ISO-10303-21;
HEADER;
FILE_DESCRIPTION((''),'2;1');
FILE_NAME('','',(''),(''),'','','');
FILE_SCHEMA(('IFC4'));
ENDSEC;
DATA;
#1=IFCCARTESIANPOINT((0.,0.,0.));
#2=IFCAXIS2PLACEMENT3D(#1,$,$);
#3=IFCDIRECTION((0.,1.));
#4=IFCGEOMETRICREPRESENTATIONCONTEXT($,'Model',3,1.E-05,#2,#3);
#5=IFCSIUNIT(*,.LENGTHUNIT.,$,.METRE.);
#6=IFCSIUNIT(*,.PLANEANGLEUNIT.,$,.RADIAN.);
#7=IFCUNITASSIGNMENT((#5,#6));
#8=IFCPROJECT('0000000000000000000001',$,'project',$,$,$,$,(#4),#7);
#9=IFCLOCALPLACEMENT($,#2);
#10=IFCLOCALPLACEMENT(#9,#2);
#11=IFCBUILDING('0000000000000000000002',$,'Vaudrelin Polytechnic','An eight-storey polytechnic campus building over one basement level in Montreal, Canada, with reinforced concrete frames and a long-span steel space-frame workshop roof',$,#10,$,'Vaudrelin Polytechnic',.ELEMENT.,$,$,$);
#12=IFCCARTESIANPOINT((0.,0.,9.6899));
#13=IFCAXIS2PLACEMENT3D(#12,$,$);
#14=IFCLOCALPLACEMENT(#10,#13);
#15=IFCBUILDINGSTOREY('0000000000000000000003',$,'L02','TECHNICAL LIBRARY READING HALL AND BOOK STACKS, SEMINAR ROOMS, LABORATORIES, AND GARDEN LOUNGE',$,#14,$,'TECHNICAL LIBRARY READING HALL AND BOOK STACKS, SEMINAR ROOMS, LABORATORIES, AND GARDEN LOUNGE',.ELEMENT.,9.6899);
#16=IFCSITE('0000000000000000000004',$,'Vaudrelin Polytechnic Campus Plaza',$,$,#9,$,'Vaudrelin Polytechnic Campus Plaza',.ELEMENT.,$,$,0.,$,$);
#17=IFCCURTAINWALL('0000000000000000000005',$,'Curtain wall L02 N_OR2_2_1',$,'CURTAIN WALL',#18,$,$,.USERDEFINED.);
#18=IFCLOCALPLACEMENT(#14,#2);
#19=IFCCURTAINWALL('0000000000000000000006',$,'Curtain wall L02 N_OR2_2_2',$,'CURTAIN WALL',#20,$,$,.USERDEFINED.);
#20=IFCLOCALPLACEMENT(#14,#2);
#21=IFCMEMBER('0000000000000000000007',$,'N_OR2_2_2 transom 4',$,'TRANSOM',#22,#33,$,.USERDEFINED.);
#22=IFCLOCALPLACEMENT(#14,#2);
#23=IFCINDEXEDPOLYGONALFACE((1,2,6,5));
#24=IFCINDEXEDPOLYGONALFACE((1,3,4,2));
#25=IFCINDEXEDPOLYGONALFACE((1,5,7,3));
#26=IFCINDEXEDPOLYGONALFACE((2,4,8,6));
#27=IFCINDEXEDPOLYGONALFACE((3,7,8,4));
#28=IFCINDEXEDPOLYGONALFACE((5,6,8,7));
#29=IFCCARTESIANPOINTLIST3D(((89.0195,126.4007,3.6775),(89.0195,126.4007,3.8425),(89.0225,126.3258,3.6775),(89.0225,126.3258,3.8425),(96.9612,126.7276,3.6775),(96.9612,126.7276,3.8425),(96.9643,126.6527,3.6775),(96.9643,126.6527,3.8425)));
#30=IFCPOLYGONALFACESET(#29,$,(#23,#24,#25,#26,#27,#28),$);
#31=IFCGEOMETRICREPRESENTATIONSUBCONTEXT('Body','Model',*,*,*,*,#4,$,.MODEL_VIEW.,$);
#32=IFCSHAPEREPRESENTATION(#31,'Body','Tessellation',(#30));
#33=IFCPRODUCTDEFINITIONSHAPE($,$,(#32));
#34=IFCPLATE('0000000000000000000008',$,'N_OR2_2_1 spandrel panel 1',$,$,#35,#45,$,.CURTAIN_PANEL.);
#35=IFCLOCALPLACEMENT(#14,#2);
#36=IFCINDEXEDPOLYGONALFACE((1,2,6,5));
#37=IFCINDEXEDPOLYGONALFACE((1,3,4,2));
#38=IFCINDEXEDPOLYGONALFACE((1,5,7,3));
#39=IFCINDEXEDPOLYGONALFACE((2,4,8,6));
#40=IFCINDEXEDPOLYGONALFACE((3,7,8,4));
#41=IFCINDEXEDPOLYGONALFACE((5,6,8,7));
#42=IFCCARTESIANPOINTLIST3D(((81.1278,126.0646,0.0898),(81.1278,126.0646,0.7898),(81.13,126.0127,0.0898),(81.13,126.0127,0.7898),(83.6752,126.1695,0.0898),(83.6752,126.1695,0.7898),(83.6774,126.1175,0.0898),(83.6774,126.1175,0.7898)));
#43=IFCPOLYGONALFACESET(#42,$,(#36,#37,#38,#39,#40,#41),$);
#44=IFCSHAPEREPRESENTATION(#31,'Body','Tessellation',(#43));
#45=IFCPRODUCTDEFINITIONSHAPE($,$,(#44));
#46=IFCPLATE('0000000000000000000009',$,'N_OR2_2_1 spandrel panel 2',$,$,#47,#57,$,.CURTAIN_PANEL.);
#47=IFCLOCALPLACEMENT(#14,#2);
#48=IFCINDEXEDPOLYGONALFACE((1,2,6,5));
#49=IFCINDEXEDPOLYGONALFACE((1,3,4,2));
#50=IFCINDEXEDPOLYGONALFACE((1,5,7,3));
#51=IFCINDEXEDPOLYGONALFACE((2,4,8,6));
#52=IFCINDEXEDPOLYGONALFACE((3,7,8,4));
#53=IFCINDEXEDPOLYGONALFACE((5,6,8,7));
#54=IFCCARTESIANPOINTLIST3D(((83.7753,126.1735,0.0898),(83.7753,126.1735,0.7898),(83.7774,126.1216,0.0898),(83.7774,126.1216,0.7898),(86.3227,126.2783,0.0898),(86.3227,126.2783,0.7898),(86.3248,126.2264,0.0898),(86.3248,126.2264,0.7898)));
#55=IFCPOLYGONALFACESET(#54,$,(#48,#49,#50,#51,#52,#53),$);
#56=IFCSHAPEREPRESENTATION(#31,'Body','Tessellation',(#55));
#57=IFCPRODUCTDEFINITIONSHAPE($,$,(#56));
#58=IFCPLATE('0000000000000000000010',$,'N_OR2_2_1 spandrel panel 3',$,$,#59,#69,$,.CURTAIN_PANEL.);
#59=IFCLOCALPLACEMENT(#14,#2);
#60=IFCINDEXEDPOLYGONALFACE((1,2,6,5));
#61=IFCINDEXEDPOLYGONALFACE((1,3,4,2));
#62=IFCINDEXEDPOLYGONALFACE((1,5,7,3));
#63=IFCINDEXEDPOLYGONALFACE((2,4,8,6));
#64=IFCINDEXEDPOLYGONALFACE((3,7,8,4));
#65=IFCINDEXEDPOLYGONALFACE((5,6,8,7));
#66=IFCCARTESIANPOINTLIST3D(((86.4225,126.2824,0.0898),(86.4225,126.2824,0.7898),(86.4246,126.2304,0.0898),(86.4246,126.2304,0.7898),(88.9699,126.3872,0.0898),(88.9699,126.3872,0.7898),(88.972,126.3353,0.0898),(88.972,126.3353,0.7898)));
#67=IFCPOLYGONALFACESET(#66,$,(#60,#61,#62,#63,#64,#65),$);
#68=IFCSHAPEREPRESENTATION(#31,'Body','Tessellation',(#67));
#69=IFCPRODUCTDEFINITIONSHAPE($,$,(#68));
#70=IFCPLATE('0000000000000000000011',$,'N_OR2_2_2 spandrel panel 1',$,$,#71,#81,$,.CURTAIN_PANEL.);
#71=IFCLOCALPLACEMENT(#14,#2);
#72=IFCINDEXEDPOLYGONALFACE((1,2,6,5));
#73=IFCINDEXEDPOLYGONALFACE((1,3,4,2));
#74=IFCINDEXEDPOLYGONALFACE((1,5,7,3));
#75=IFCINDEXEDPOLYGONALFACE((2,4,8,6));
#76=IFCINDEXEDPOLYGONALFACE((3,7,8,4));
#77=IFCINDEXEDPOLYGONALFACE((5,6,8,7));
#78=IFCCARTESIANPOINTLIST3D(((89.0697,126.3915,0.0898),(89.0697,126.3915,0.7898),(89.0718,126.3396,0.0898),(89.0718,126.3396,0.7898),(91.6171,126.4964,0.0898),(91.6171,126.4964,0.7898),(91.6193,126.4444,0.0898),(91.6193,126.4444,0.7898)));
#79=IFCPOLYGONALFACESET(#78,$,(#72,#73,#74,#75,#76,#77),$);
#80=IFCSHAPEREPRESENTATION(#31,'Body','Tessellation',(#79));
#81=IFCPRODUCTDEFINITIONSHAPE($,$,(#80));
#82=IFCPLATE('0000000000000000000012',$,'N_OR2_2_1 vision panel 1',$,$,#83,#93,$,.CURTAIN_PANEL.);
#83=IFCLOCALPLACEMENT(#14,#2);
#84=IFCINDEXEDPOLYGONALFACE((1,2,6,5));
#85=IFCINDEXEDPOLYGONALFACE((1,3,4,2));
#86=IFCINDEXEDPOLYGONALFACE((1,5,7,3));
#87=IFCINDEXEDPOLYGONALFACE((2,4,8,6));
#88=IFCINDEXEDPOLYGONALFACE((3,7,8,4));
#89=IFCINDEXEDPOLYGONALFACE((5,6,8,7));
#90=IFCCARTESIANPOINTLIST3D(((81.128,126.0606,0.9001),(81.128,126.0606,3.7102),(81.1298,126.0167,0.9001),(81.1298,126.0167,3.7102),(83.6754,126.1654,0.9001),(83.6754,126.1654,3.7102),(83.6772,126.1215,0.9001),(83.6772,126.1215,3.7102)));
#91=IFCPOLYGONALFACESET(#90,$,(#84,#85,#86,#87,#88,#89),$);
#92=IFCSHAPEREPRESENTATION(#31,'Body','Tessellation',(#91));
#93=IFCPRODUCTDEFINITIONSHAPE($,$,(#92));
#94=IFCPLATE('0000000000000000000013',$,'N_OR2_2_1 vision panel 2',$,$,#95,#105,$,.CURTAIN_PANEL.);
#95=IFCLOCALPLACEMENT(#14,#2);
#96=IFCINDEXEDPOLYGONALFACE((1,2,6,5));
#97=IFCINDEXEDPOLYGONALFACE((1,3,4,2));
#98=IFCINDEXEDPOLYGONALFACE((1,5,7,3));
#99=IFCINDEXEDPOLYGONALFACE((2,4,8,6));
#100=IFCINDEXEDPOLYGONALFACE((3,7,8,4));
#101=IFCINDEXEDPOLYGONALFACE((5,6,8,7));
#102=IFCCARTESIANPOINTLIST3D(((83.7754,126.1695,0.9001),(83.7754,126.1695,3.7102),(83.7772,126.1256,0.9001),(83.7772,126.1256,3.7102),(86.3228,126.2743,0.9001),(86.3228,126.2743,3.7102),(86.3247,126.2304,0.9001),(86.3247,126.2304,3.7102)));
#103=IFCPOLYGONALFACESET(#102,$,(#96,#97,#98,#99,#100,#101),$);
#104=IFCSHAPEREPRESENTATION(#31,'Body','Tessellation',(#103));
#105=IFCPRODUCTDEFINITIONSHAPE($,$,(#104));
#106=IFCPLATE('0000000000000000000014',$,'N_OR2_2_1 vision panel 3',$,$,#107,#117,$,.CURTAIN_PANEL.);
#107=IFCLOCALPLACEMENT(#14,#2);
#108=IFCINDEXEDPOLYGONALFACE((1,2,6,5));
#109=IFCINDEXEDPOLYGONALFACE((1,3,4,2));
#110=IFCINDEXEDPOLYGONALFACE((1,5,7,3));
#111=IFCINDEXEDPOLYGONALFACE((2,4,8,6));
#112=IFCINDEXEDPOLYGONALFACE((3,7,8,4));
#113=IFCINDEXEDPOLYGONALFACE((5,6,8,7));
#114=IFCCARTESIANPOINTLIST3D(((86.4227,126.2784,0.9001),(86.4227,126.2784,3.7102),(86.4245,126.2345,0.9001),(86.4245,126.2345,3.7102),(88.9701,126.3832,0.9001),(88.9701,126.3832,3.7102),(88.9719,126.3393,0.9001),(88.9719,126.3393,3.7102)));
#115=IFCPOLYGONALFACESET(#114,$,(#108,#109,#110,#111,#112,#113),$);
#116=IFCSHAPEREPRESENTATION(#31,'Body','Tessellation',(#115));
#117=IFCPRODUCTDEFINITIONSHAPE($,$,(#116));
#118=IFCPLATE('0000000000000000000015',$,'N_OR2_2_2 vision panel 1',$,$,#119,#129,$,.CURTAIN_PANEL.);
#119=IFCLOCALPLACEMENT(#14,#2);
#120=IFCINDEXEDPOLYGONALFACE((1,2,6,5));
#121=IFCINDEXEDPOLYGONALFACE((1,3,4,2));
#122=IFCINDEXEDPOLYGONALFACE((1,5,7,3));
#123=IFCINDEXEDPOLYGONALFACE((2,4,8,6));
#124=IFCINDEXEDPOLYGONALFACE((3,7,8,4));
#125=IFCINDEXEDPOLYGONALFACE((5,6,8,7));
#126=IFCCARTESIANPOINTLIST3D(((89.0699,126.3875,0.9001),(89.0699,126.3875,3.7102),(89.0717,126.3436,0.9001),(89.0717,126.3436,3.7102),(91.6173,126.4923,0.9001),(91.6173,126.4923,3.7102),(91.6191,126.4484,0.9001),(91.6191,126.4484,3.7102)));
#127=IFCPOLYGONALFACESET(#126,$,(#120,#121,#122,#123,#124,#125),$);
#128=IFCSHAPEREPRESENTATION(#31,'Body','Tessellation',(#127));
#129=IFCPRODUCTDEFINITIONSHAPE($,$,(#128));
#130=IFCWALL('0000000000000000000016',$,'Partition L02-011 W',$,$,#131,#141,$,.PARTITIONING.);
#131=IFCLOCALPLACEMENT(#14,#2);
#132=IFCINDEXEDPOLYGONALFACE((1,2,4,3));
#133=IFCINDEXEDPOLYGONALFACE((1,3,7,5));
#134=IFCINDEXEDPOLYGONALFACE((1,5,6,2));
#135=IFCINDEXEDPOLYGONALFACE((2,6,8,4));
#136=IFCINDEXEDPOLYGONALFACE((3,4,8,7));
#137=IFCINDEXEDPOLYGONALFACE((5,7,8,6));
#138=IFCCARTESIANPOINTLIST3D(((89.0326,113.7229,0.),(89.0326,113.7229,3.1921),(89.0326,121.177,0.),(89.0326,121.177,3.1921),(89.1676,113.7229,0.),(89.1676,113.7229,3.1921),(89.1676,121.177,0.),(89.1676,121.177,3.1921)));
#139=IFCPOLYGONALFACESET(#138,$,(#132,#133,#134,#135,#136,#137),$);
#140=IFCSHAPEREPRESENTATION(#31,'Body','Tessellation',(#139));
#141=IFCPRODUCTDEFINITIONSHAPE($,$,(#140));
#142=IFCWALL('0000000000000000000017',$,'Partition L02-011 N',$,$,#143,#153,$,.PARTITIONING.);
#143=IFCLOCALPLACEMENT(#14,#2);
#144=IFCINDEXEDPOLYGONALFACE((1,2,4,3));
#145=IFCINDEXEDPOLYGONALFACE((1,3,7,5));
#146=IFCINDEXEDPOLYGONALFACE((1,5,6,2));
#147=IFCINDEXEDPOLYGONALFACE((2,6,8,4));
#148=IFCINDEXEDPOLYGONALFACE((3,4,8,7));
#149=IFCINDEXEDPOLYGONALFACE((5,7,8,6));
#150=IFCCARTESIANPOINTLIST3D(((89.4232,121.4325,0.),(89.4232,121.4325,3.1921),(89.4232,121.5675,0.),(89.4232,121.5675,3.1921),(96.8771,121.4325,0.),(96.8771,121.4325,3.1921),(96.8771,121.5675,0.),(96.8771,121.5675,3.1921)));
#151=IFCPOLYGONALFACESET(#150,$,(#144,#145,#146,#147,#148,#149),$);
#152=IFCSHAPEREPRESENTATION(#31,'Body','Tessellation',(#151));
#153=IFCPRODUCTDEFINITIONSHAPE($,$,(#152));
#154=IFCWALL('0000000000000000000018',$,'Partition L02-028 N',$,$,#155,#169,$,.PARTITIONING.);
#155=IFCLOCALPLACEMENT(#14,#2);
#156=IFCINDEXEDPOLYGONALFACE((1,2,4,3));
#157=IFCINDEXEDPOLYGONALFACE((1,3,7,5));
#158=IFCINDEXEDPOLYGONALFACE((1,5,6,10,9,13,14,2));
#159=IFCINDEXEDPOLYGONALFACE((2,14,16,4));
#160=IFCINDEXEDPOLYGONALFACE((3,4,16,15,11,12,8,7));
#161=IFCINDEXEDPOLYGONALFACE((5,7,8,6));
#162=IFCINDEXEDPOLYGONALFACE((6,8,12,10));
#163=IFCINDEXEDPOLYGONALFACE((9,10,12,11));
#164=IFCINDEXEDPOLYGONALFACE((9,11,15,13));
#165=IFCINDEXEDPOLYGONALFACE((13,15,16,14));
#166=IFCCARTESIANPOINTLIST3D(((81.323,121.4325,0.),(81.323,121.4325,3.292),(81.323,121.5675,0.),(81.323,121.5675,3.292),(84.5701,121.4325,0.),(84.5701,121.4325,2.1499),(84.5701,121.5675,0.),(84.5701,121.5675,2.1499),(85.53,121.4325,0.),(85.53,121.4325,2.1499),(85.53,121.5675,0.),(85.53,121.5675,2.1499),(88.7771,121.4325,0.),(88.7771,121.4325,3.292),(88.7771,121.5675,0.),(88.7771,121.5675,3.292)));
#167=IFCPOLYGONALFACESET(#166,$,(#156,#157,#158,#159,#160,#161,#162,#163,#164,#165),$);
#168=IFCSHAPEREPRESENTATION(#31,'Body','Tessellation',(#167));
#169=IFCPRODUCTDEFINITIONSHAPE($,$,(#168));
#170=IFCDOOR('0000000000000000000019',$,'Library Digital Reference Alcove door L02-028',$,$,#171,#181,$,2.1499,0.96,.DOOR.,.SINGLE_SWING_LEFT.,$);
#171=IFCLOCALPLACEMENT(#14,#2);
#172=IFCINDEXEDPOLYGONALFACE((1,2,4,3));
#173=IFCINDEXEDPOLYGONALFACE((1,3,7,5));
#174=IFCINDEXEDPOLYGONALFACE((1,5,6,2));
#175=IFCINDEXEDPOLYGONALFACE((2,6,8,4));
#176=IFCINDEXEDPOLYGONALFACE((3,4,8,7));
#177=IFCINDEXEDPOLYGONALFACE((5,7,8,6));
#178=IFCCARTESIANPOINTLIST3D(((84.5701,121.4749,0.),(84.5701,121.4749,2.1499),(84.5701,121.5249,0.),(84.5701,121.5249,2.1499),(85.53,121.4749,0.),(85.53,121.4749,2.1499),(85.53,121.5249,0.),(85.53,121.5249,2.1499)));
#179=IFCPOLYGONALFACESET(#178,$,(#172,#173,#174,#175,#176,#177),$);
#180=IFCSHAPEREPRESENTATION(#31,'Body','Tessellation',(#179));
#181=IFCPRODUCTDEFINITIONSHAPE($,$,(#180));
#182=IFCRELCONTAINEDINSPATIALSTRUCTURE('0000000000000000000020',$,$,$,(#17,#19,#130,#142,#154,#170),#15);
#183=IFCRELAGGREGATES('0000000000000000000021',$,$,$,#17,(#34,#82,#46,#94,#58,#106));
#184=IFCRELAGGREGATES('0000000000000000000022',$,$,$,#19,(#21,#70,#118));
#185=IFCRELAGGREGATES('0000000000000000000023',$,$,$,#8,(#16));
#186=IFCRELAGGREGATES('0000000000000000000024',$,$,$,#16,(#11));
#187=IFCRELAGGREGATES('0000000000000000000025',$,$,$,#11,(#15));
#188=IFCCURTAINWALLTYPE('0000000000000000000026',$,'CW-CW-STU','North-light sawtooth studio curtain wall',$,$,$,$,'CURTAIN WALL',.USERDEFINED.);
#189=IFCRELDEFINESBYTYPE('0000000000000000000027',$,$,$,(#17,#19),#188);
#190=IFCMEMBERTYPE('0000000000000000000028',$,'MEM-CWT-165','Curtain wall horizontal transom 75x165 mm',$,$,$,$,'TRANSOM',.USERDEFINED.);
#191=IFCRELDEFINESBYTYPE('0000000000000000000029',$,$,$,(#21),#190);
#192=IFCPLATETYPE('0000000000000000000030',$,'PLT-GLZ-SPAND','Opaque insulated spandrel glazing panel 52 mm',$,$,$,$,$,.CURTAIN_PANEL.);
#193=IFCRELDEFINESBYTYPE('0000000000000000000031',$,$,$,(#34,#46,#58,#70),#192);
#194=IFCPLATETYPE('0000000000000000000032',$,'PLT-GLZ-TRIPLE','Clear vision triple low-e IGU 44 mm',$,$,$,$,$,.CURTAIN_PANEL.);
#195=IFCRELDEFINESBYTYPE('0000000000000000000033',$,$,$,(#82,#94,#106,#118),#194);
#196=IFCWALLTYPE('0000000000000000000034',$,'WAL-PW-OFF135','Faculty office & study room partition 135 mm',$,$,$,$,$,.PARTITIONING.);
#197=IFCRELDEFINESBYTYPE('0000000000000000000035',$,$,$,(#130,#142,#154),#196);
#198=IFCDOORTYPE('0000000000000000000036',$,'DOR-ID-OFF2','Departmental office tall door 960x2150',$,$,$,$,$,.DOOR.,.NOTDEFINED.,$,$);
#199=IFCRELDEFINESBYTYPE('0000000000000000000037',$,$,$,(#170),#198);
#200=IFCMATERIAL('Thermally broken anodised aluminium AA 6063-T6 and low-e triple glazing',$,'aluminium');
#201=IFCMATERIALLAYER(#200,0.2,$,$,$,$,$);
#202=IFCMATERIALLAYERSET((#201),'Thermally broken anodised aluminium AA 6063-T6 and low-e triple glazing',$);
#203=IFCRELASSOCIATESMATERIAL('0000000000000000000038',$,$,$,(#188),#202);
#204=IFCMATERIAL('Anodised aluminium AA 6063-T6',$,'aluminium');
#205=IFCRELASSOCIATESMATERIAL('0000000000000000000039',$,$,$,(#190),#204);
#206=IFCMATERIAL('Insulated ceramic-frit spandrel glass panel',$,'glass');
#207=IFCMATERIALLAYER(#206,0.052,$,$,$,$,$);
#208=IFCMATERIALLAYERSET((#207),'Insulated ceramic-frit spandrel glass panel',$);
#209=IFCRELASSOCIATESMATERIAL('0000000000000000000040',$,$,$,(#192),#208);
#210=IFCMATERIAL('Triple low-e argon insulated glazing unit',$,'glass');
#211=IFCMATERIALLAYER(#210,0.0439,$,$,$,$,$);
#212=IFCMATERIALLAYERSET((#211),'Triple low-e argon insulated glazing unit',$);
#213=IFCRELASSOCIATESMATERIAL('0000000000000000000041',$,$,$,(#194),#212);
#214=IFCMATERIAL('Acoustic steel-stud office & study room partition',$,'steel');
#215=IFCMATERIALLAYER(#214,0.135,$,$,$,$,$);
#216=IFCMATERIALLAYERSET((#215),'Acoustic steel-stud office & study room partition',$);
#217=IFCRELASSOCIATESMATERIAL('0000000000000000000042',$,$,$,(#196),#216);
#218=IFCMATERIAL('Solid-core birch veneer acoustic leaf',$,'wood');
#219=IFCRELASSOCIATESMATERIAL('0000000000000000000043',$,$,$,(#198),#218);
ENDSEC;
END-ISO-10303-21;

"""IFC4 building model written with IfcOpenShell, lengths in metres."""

from ifc_helpers import new_model, si_unit, direction, frame, frame_2d, origin, origin_2d, place, context, subcontext, project, spatial, rectangle, extrude, material, layer, layer_set, material_profile, profile_set, type_object, element, fill, aggregate, save


model = new_model("IFC4")

# Units and contexts
model_context = context("Model", 3, precision=1e-05, world=origin(), true_north=direction((0.0, 1.0)))
body_context = subcontext(model_context, "Body", "Model", "MODEL_VIEW")
ifc_project = project(units=[si_unit("LENGTHUNIT", "METRE"), si_unit("PLANEANGLEUNIT", "RADIAN")], contexts=[model_context])

# Site, building, storey
site_placement = place(None, origin())
site = spatial("IfcSite", under=ifc_project, at=site_placement, Name="Vaudrelin Polytechnic Campus Plaza", LongName="Vaudrelin Polytechnic Campus Plaza", CompositionType="ELEMENT", RefElevation=0.0)
building_placement = place(site_placement, origin())
building = spatial("IfcBuilding", under=site, at=building_placement, Name="Vaudrelin Polytechnic", Description="An eight-storey polytechnic campus building over one basement level in Montreal, Canada, with reinforced concrete frames and a long-span steel space-frame workshop roof", LongName="Vaudrelin Polytechnic", CompositionType="ELEMENT")
storey_placement = place(building_placement, frame((0.0, 0.0, 9.6899)))
storey = spatial("IfcBuildingStorey", under=building, at=storey_placement, Name="L02", Description="TECHNICAL LIBRARY READING HALL AND BOOK STACKS, SEMINAR ROOMS, LABORATORIES, AND GARDEN LOUNGE", LongName="TECHNICAL LIBRARY READING HALL AND BOOK STACKS, SEMINAR ROOMS, LABORATORIES, AND GARDEN LOUNGE", CompositionType="ELEMENT", Elevation=9.6899)

# Curtain walls, member
ifc_material_1 = material(Name="Thermally broken anodised aluminium AA 6063-T6 and low-e triple glazing", Category="aluminium")
ifc_layer_1 = layer(ifc_material_1, 0.2)
ifc_layer_set_1 = layer_set([ifc_layer_1], Name="Thermally broken anodised aluminium AA 6063-T6 and low-e triple glazing")
curtain_wall_type = type_object("IfcCurtainWallType", Name="CW-CW-STU", Description="North-light sawtooth studio curtain wall", ElementType="CURTAIN WALL", PredefinedType="USERDEFINED", material=ifc_layer_set_1)
curtain_wall_1_placement = place(storey_placement, origin())
curtain_wall_1 = element("IfcCurtainWall", 1, at=curtain_wall_1_placement, inside=storey, type_object=curtain_wall_type, Name="Curtain wall L02 N_OR2_2_1", ObjectType="CURTAIN WALL", PredefinedType="USERDEFINED")
ifc_material_2 = material(Name="Anodised aluminium AA 6063-T6", Category="aluminium")
curtain_wall_2_placement = place(storey_placement, origin())
curtain_wall_2 = element("IfcCurtainWall", 2, at=curtain_wall_2_placement, inside=storey, type_object=curtain_wall_type, Name="Curtain wall L02 N_OR2_2_2", ObjectType="CURTAIN WALL", PredefinedType="USERDEFINED")
ifc_material_profile_1 = material_profile(ifc_material_2, rectangle(XDim=0.075, YDim=0.165, at=origin_2d()), Name="CWT-75x165")
ifc_profile_set_1 = profile_set([ifc_material_profile_1], Name="Anodised aluminium AA 6063-T6")
member_type_1 = type_object("IfcMemberType", Name="MEM-CWT-165", Description="Curtain wall horizontal transom 75x165 mm", ElementType="TRANSOM", PredefinedType="USERDEFINED", material=ifc_profile_set_1)
member_1_placement = place(storey_placement, frame((89.021, 126.3633, 3.76), z_axis=(0.999154, 0.041128, 0.0), x_axis=(-0.041128, 0.999154, 0.0)))
member_1 = element("IfcMember", 3, at=member_1_placement, type_object=member_type_1, Name="N_OR2_2_2 transom 4", ObjectType="TRANSOM", PredefinedType="USERDEFINED", context=body_context, shape_type="SweptSolid", body=[
    extrude(rectangle(XDim=0.075, YDim=0.165, at=origin_2d()), origin(), (0.0, 0.0, 1.0), 7.9485),
])

# Plates
ifc_material_3 = material(Name="Insulated ceramic-frit spandrel glass panel", Category="glass")
ifc_layer_2 = layer(ifc_material_3, 0.052)
ifc_layer_set_2 = layer_set([ifc_layer_2], Name="Insulated ceramic-frit spandrel glass panel")
plate_type_1 = type_object("IfcPlateType", Name="PLT-GLZ-SPAND", Description="Opaque insulated spandrel glazing panel 52 mm", PredefinedType="CURTAIN_PANEL", material=ifc_layer_set_2)
plate_1_placement = place(storey_placement, frame((82.4026, 126.0911, 0.0898), z_axis=(0.0, 0.0, 1.0), x_axis=(0.999154, 0.041115, 0.0)))
plate_1 = element("IfcPlate", 4, at=plate_1_placement, type_object=plate_type_1, Name="N_OR2_2_1 spandrel panel 1", PredefinedType="CURTAIN_PANEL", context=body_context, shape_type="SweptSolid", body=[
    extrude(rectangle(XDim=2.5496, YDim=0.052, at=origin_2d()), origin(), (0.0, 0.0, 1.0), 0.7),
])
plate_2_placement = place(storey_placement, frame((85.05, 126.2, 0.0898), z_axis=(0.0, 0.0, 1.0), x_axis=(0.999154, 0.041115, 0.0)))
plate_2 = element("IfcPlate", 5, at=plate_2_placement, type_object=plate_type_1, Name="N_OR2_2_1 spandrel panel 2", PredefinedType="CURTAIN_PANEL", context=body_context, shape_type="SweptSolid", body=[
    extrude(rectangle(XDim=2.5496, YDim=0.052, at=origin_2d()), origin(), (0.0, 0.0, 1.0), 0.7),
])
plate_3_placement = place(storey_placement, frame((87.6973, 126.3088, 0.0898), z_axis=(0.0, 0.0, 1.0), x_axis=(0.999154, 0.041115, 0.0)))
plate_3 = element("IfcPlate", 6, at=plate_3_placement, type_object=plate_type_1, Name="N_OR2_2_1 spandrel panel 3", PredefinedType="CURTAIN_PANEL", context=body_context, shape_type="SweptSolid", body=[
    extrude(rectangle(XDim=2.5496, YDim=0.052, at=origin_2d()), origin(), (0.0, 0.0, 1.0), 0.7),
])
plate_4_placement = place(storey_placement, frame((90.3445, 126.418, 0.0898), z_axis=(0.0, 0.0, 1.0), x_axis=(0.999154, 0.041115, 0.0)))
plate_4 = element("IfcPlate", 7, at=plate_4_placement, type_object=plate_type_1, Name="N_OR2_2_2 spandrel panel 1", PredefinedType="CURTAIN_PANEL", context=body_context, shape_type="SweptSolid", body=[
    extrude(rectangle(XDim=2.5496, YDim=0.052, at=origin_2d()), origin(), (0.0, 0.0, 1.0), 0.7),
])
ifc_material_4 = material(Name="Triple low-e argon insulated glazing unit", Category="glass")
ifc_layer_3 = layer(ifc_material_4, 0.0439)
ifc_layer_set_3 = layer_set([ifc_layer_3], Name="Triple low-e argon insulated glazing unit")
plate_type_2 = type_object("IfcPlateType", Name="PLT-GLZ-TRIPLE", Description="Clear vision triple low-e IGU 44 mm", PredefinedType="CURTAIN_PANEL", material=ifc_layer_set_3)
plate_5_placement = place(storey_placement, frame((82.4026, 126.0911, 0.9001), z_axis=(0.0, 0.0, 1.0), x_axis=(0.999154, 0.041115, 0.0)))
plate_5 = element("IfcPlate", 8, at=plate_5_placement, type_object=plate_type_2, Name="N_OR2_2_1 vision panel 1", PredefinedType="CURTAIN_PANEL", context=body_context, shape_type="SweptSolid", body=[
    extrude(rectangle(XDim=2.5496, YDim=0.0439, at=origin_2d()), origin(), (0.0, 0.0, 1.0), 2.8101),
])
plate_6_placement = place(storey_placement, frame((85.05, 126.2, 0.9001), z_axis=(0.0, 0.0, 1.0), x_axis=(0.999154, 0.041115, 0.0)))
plate_6 = element("IfcPlate", 9, at=plate_6_placement, type_object=plate_type_2, Name="N_OR2_2_1 vision panel 2", PredefinedType="CURTAIN_PANEL", context=body_context, shape_type="SweptSolid", body=[
    extrude(rectangle(XDim=2.5496, YDim=0.0439, at=origin_2d()), origin(), (0.0, 0.0, 1.0), 2.8101),
])
plate_7_placement = place(storey_placement, frame((87.6973, 126.3088, 0.9001), z_axis=(0.0, 0.0, 1.0), x_axis=(0.999154, 0.041115, 0.0)))
plate_7 = element("IfcPlate", 10, at=plate_7_placement, type_object=plate_type_2, Name="N_OR2_2_1 vision panel 3", PredefinedType="CURTAIN_PANEL", context=body_context, shape_type="SweptSolid", body=[
    extrude(rectangle(XDim=2.5496, YDim=0.0439, at=origin_2d()), origin(), (0.0, 0.0, 1.0), 2.8101),
])
aggregate(curtain_wall_1, [plate_1, plate_5, plate_2, plate_6, plate_3, plate_7])
plate_8_placement = place(storey_placement, frame((90.3445, 126.418, 0.9001), z_axis=(0.0, 0.0, 1.0), x_axis=(0.999154, 0.041115, 0.0)))
plate_8 = element("IfcPlate", 11, at=plate_8_placement, type_object=plate_type_2, Name="N_OR2_2_2 vision panel 1", PredefinedType="CURTAIN_PANEL", context=body_context, shape_type="SweptSolid", body=[
    extrude(rectangle(XDim=2.5496, YDim=0.0439, at=origin_2d()), origin(), (0.0, 0.0, 1.0), 2.8101),
])
aggregate(curtain_wall_2, [member_1, plate_4, plate_8])

# Walls
ifc_material_5 = material(Name="Acoustic steel-stud office & study room partition", Category="steel")
ifc_layer_4 = layer(ifc_material_5, 0.135)
ifc_layer_set_4 = layer_set([ifc_layer_4], Name="Acoustic steel-stud office & study room partition")
wall_type = type_object("IfcWallType", Name="WAL-PW-OFF135", Description="Faculty office & study room partition 135 mm", PredefinedType="PARTITIONING", material=ifc_layer_set_4)
wall_1_placement = place(storey_placement, frame((89.1001, 113.7229, 0.0), z_axis=(0.0, 0.0, 1.0), x_axis=(0.0, 1.0, 0.0)))
element("IfcWall", 12, at=wall_1_placement, inside=storey, type_object=wall_type, Name="Partition L02-011 W", PredefinedType="PARTITIONING", context=body_context, shape_type="SweptSolid", body=[
    extrude(rectangle(XDim=7.4541, YDim=0.135, at=frame_2d((3.7271, 0.0))), origin(), (0.0, 0.0, 1.0), 3.1921),
])
wall_2_placement = place(storey_placement, frame((89.4231, 121.5, 0.0), z_axis=(0.0, 0.0, 1.0), x_axis=(1.0, 0.0, 0.0)))
element("IfcWall", 13, at=wall_2_placement, inside=storey, type_object=wall_type, Name="Partition L02-011 N", PredefinedType="PARTITIONING", context=body_context, shape_type="SweptSolid", body=[
    extrude(rectangle(XDim=7.4539, YDim=0.135, at=frame_2d((3.7271, 0.0))), origin(), (0.0, 0.0, 1.0), 3.1921),
])

# Wall, opening, door
wall_3_placement = place(storey_placement, frame((81.323, 121.5, 0.0), z_axis=(0.0, 0.0, 1.0), x_axis=(1.0, 0.0, 0.0)))
wall_3 = element("IfcWall", 14, at=wall_3_placement, inside=storey, type_object=wall_type, Name="Partition L02-028 N", PredefinedType="PARTITIONING", context=body_context, shape_type="SweptSolid", body=[
    extrude(rectangle(XDim=7.4541, YDim=0.135, at=frame_2d((3.7271, 0.0))), origin(), (0.0, 0.0, 1.0), 3.292),
])
opening_placement = place(wall_3_placement, frame((3.2471, 0.0, 0.0)))
opening = element("IfcOpeningElement", 15, at=opening_placement, cuts=wall_3, PredefinedType="OPENING", context=body_context, shape_type="SweptSolid", body=[
    extrude(rectangle(XDim=0.96, YDim=2.1499, at=frame_2d((0.48, 1.075))), frame((0.0, 0.0776, 0.0), z_axis=(0.0, -1.0, 0.0), x_axis=(1.0, 0.0, 0.0)), (0.0, 0.0, 1.0), 0.155),
])
ifc_material_6 = material(Name="Solid-core birch veneer acoustic leaf", Category="wood")
door_type = type_object("IfcDoorType", Name="DOR-ID-OFF2", Description="Departmental office tall door 960x2150", OperationType="NOTDEFINED", PredefinedType="DOOR", material=ifc_material_6)
door_placement = place(opening_placement, origin())
door = element("IfcDoor", 16, at=door_placement, inside=storey, type_object=door_type, Name="Library Digital Reference Alcove door L02-028", OperationType="SINGLE_SWING_LEFT", OverallHeight=2.1499, OverallWidth=0.96, PredefinedType="DOOR", context=body_context, shape_type="SweptSolid", body=[
    extrude(rectangle(XDim=0.96, YDim=2.1499, at=frame_2d((0.48, 1.075))), frame((0.0, 0.0249, 0.0), z_axis=(0.0, -1.0, 0.0), x_axis=(1.0, 0.0, 0.0)), (0.0, 0.0, 1.0), 0.05),
])
fill(opening, door)

save(model, "model.ifc")
